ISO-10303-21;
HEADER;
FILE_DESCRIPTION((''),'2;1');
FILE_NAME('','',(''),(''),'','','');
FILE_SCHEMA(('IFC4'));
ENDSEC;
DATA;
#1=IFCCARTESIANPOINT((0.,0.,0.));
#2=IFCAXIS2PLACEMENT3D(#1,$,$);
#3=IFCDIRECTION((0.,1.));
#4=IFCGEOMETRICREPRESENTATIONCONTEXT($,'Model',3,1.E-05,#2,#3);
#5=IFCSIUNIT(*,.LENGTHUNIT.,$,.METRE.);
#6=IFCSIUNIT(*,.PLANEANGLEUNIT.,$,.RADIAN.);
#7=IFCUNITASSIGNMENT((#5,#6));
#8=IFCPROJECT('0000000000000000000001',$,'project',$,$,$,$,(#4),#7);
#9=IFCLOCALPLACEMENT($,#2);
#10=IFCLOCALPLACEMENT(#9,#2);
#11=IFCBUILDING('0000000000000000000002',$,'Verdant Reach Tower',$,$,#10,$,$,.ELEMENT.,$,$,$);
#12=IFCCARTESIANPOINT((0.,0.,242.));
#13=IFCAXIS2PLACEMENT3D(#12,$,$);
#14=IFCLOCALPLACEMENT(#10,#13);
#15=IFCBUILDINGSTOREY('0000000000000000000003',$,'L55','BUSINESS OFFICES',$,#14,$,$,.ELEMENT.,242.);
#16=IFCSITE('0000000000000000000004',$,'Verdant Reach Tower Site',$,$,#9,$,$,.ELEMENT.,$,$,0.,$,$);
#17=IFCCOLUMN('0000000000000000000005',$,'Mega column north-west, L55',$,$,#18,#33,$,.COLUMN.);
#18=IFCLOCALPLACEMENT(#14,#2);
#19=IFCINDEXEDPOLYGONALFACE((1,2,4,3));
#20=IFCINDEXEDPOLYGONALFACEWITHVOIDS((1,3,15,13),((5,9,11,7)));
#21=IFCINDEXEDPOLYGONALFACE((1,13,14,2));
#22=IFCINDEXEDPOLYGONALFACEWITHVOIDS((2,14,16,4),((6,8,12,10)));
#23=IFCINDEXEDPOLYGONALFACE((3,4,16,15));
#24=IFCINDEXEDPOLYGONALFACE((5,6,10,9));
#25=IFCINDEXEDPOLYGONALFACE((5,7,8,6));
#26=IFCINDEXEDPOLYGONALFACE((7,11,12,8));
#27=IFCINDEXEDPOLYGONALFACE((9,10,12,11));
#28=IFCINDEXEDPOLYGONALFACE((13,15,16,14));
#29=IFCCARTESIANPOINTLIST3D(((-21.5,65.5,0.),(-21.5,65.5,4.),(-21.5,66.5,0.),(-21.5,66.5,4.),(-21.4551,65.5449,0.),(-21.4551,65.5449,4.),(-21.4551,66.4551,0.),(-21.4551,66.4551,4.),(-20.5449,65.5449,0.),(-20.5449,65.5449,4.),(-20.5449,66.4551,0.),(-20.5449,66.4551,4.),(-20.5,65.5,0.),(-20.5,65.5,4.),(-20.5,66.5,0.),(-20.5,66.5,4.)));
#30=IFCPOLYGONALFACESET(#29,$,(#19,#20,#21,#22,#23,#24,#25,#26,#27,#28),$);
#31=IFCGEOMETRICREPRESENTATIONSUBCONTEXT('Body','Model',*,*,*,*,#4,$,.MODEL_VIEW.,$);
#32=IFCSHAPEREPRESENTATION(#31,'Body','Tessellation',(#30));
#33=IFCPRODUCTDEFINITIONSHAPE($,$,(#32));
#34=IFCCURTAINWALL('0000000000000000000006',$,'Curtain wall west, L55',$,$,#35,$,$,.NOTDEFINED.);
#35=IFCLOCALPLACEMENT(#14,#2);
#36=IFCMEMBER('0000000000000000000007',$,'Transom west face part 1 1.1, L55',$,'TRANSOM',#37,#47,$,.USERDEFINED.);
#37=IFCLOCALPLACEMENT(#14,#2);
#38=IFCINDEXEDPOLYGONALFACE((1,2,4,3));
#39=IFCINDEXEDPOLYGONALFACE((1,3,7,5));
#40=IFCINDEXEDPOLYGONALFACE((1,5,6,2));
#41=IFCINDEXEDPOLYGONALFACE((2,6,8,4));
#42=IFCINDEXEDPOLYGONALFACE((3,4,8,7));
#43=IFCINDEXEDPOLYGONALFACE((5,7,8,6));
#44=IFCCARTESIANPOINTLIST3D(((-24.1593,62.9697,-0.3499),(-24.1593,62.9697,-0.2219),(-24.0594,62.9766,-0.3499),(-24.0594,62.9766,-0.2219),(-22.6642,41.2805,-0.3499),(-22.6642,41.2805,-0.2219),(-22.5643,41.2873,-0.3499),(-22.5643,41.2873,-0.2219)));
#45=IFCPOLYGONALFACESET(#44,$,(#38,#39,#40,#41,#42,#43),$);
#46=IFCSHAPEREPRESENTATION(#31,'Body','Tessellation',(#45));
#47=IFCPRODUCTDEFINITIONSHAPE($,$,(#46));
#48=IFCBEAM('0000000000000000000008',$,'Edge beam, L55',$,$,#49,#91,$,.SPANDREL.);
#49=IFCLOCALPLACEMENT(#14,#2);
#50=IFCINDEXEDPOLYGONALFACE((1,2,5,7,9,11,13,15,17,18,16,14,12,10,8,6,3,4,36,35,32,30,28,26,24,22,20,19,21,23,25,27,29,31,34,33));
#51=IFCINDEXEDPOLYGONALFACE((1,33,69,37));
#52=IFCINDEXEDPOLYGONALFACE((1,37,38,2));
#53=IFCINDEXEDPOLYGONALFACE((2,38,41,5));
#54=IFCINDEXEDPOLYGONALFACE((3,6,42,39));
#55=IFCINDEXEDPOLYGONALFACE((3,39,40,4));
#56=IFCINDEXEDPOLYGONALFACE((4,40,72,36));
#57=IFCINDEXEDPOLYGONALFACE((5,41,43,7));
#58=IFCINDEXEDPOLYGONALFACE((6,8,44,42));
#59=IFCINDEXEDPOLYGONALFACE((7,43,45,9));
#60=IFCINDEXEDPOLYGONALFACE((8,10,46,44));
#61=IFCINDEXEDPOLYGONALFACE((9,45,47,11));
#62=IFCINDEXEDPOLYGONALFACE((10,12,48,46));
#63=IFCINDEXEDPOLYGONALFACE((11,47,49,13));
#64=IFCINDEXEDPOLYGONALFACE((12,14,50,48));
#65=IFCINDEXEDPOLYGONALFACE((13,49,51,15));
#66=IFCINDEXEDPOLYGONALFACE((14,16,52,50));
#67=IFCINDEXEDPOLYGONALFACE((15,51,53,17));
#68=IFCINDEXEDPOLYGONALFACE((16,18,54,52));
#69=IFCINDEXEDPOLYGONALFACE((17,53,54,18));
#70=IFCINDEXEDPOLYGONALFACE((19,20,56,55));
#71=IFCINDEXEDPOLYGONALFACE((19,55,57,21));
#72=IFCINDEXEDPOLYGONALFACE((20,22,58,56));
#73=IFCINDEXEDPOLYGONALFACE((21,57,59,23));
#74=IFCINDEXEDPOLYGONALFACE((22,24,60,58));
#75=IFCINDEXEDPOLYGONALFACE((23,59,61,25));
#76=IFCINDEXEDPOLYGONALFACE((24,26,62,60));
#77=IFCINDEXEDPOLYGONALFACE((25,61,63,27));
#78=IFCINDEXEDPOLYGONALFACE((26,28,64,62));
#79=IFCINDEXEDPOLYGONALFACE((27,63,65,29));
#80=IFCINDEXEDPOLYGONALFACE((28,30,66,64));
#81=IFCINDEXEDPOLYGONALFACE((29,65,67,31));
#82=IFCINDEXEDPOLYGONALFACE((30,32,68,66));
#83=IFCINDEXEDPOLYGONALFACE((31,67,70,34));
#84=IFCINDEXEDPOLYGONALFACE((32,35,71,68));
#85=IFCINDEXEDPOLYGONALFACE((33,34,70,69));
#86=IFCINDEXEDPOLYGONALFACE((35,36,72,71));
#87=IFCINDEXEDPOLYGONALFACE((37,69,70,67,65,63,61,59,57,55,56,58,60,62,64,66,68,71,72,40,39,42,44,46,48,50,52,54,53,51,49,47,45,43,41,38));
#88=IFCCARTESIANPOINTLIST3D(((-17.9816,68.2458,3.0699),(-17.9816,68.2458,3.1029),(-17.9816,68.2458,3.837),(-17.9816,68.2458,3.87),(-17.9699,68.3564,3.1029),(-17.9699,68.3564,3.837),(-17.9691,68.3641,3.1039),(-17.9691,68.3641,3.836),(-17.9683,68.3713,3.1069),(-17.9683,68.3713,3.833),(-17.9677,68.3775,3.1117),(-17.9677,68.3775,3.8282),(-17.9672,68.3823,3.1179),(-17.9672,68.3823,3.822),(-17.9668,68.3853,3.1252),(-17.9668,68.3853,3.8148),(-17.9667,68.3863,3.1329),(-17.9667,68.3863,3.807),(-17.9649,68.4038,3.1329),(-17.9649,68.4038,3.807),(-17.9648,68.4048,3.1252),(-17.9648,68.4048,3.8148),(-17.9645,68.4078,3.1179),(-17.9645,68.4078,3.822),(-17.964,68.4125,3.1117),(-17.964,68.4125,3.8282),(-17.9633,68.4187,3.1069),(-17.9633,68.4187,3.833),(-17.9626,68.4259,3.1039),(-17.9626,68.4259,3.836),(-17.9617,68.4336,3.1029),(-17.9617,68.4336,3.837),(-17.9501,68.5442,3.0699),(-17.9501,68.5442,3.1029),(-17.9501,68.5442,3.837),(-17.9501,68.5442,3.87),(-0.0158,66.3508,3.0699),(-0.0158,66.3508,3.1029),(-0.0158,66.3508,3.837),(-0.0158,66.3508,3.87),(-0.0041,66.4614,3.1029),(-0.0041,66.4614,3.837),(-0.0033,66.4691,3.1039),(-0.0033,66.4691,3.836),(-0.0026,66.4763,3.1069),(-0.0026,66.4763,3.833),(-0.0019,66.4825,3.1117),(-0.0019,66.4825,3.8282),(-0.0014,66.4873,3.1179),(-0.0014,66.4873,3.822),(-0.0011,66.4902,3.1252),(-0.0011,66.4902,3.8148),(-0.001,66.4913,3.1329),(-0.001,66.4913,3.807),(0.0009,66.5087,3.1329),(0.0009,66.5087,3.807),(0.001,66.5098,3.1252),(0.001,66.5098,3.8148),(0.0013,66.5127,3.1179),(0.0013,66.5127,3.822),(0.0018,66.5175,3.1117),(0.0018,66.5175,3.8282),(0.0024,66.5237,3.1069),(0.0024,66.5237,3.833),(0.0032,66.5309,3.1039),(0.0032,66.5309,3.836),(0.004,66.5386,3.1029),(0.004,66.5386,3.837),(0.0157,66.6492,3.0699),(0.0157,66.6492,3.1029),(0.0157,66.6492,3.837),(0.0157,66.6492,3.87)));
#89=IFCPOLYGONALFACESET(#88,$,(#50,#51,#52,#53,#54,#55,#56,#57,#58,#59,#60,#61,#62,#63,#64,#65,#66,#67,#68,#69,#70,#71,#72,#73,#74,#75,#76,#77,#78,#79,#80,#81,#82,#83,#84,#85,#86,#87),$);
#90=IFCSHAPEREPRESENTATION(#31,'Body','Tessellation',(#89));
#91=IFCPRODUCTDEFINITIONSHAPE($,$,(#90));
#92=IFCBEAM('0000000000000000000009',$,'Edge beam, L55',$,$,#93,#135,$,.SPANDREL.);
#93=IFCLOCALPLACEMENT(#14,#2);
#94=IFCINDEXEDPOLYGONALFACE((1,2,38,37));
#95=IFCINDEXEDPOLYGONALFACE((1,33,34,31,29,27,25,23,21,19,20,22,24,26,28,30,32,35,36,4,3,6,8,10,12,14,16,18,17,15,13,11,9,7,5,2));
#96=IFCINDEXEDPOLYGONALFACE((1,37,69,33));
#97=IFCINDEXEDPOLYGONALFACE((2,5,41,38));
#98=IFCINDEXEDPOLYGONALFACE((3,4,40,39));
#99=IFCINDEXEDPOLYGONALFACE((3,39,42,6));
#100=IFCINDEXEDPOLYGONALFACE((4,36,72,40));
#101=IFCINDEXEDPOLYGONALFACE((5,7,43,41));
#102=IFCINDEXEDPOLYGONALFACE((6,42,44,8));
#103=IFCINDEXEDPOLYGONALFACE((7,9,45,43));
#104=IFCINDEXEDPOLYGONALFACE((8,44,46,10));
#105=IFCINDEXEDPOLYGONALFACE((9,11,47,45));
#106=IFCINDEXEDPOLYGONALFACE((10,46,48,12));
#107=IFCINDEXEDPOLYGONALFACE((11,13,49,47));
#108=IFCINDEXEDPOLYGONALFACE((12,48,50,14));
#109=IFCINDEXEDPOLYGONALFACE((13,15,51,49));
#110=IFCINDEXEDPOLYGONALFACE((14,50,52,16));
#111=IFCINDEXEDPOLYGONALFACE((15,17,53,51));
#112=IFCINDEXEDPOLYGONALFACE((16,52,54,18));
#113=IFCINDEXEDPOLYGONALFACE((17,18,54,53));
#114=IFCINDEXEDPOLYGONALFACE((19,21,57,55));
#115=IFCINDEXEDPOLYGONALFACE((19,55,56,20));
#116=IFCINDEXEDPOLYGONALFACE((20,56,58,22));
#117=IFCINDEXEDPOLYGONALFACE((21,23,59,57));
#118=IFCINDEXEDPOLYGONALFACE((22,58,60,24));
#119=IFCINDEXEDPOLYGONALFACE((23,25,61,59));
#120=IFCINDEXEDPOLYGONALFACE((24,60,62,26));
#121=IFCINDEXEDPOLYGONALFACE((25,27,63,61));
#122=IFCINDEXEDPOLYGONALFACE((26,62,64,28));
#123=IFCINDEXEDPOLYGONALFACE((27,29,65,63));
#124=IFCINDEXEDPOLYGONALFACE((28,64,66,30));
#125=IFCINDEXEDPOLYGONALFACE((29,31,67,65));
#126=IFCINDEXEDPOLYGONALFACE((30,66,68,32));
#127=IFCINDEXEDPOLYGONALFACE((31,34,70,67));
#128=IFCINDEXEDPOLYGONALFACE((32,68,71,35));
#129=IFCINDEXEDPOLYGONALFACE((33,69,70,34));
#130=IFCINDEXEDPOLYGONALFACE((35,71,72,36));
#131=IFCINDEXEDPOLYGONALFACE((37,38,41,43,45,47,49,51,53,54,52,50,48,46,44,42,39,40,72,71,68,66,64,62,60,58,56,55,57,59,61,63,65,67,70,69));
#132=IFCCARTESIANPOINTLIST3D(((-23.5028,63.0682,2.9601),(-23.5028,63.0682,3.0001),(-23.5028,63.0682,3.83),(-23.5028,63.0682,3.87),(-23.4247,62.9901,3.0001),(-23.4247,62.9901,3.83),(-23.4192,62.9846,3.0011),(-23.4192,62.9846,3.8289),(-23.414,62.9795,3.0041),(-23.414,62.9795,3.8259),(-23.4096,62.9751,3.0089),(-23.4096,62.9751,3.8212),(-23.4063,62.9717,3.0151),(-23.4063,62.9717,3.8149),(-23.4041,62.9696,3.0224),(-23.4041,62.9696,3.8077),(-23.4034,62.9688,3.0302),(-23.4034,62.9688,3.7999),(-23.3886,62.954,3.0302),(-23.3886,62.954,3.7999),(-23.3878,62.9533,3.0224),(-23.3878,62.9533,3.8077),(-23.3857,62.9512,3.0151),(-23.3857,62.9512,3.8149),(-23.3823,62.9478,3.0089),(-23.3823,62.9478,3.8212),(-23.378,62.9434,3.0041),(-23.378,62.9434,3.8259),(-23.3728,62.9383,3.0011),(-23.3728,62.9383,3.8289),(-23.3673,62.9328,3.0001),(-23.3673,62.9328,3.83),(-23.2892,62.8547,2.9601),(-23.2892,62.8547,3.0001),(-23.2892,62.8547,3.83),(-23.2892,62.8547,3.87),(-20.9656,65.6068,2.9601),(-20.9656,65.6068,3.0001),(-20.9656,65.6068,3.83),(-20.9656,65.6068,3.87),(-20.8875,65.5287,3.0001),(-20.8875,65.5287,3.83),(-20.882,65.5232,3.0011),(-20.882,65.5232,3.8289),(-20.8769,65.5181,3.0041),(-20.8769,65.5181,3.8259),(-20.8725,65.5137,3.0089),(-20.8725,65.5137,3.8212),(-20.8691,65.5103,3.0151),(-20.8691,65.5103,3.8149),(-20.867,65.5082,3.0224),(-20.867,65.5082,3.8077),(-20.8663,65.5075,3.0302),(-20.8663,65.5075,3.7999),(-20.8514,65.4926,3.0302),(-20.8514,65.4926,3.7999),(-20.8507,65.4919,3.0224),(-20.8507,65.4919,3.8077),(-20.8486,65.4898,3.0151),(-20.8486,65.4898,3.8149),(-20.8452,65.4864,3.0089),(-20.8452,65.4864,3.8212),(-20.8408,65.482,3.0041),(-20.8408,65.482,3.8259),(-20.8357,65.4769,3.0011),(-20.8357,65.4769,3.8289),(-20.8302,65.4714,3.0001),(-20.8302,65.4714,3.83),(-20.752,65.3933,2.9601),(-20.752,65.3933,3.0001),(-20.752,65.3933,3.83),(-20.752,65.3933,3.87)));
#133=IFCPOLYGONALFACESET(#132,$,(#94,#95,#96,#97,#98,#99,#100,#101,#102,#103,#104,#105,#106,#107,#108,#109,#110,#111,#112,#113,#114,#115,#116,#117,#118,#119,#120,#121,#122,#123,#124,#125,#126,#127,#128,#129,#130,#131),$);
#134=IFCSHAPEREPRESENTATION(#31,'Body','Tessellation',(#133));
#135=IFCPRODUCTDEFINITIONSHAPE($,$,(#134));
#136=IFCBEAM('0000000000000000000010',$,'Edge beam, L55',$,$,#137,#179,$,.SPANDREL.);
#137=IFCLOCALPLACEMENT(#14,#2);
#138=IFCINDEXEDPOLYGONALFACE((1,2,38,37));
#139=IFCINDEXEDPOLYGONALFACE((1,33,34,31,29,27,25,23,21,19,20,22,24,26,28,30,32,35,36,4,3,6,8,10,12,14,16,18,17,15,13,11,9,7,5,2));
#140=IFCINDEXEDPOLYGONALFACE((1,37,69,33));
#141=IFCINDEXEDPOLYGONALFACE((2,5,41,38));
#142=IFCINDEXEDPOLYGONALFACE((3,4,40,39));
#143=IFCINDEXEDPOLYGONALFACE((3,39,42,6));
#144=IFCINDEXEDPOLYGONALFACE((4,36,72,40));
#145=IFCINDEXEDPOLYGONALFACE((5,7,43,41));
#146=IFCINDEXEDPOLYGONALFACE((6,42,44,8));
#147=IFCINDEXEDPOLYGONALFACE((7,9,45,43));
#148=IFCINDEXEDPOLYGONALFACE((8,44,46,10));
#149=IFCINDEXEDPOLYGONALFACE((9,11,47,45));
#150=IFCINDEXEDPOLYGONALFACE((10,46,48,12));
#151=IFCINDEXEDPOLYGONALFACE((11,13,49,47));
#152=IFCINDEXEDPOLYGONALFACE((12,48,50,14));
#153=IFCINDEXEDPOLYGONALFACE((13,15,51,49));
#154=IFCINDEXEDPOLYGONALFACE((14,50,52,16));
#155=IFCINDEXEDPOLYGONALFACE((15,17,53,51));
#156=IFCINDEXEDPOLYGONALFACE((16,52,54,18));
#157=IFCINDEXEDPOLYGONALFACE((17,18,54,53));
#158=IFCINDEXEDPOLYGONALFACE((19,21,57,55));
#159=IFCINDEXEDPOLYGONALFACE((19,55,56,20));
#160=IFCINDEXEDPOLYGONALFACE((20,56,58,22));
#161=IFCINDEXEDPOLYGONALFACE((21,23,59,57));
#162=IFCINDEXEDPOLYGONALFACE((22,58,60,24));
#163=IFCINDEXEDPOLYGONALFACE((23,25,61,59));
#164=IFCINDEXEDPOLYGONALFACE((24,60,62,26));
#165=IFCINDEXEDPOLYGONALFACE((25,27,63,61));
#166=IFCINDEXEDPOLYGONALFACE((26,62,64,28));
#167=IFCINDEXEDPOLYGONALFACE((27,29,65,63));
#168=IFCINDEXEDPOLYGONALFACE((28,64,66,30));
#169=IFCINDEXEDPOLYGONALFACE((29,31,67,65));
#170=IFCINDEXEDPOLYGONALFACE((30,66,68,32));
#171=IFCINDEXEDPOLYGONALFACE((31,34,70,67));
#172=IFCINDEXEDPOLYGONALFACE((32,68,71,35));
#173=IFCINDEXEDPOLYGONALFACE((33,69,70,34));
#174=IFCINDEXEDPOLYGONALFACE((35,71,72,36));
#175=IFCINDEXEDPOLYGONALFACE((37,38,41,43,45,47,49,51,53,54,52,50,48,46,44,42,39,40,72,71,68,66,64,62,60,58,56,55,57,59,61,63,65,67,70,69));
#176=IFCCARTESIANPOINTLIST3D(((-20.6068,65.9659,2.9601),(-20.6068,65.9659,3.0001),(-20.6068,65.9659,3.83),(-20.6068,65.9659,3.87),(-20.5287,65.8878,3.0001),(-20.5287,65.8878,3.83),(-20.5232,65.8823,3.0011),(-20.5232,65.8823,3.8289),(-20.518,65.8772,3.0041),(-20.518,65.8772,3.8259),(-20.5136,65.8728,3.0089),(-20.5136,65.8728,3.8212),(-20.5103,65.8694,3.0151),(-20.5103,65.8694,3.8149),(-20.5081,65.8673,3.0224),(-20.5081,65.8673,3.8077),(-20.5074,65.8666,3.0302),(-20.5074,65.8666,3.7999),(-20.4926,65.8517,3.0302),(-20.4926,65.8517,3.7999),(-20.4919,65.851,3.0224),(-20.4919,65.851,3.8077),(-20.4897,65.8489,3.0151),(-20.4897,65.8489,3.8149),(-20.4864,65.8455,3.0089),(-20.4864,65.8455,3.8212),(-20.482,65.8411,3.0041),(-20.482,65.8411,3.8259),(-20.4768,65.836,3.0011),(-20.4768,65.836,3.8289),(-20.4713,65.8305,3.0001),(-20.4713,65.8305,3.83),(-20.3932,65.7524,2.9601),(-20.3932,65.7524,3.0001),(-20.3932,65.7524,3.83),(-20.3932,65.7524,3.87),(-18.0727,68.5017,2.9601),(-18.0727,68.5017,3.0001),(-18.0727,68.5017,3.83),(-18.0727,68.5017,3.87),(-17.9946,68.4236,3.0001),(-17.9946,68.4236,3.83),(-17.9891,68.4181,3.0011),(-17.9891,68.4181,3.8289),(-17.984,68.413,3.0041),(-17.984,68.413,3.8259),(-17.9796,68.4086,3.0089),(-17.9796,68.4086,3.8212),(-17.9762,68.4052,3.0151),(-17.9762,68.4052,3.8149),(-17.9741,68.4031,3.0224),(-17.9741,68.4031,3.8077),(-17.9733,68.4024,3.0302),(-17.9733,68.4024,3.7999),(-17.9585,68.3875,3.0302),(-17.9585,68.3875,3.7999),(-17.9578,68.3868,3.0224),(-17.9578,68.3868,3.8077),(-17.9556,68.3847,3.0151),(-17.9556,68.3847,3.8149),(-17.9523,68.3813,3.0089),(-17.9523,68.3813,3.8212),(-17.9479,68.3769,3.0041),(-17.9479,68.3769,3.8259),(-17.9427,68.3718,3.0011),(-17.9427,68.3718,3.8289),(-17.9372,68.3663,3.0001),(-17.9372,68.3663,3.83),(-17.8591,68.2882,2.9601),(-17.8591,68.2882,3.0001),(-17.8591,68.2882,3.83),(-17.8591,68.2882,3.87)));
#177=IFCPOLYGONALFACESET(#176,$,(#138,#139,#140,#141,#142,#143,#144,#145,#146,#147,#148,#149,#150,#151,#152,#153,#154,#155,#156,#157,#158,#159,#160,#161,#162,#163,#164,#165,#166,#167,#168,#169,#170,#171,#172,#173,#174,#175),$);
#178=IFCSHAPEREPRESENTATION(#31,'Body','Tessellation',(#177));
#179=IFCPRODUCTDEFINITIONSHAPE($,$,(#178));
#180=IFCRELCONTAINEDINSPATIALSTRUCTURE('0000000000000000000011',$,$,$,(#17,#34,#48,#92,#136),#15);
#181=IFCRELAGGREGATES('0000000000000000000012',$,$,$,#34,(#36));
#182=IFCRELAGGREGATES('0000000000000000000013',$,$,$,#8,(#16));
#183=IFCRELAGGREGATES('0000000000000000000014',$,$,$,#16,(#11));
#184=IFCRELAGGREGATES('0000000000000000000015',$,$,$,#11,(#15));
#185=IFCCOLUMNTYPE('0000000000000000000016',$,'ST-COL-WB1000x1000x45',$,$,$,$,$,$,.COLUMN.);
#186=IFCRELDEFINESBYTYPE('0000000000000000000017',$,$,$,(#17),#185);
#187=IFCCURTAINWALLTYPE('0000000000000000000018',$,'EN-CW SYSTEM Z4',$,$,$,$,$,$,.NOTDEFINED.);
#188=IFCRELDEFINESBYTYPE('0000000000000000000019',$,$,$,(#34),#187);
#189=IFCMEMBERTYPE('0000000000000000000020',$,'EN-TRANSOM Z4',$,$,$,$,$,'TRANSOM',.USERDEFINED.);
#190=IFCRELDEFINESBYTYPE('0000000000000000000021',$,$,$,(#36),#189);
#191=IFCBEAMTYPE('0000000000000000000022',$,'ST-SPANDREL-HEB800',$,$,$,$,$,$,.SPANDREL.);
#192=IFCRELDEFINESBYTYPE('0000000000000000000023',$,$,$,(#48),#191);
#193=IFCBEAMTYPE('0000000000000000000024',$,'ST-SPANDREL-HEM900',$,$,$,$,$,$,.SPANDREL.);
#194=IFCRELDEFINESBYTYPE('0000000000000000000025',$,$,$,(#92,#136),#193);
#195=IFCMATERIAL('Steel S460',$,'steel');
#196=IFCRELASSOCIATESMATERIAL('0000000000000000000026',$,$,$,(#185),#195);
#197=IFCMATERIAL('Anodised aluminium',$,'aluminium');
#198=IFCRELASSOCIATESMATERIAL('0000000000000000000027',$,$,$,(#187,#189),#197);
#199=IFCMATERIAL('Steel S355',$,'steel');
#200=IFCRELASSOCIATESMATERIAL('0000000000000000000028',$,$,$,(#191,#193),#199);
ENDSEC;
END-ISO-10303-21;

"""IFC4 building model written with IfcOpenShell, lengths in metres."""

from ifc_helpers import new_model, si_unit, direction, frame, origin, origin_2d, place, context, subcontext, project, spatial, rectangle, hollow_rectangle, i_section, extrude, material, material_profile, profile_set, type_object, element, aggregate, save


model = new_model("IFC4")

# Units and contexts
model_context = context("Model", 3, precision=1e-05, world=origin(), true_north=direction((0.0, 1.0)))
body_context = subcontext(model_context, "Body", "Model", "MODEL_VIEW")
ifc_project = project(units=[si_unit("LENGTHUNIT", "METRE"), si_unit("PLANEANGLEUNIT", "RADIAN")], contexts=[model_context])

# Site, building, storey
site_placement = place(None, origin())
site = spatial("IfcSite", under=ifc_project, at=site_placement, Name="Verdant Reach Tower Site", CompositionType="ELEMENT", RefElevation=0.0)
building_placement = place(site_placement, origin())
building = spatial("IfcBuilding", under=site, at=building_placement, Name="Verdant Reach Tower", CompositionType="ELEMENT")
storey_placement = place(building_placement, frame((0.0, 0.0, 242.0)))
storey = spatial("IfcBuildingStorey", under=building, at=storey_placement, Name="L55", Description="BUSINESS OFFICES", CompositionType="ELEMENT", Elevation=242.0)

# Column
ifc_material_1 = material(Name="Steel S460", Category="steel")
ifc_material_profile_1 = material_profile(ifc_material_1, hollow_rectangle(XDim=1.0, YDim=1.0, WallThickness=0.0449, at=origin_2d()), Name="WB 1000x1000x45")
ifc_profile_set_1 = profile_set([ifc_material_profile_1], Name="Steel S460")
column_type = type_object("IfcColumnType", Name="ST-COL-WB1000x1000x45", PredefinedType="COLUMN", material=ifc_profile_set_1)
column_placement = place(storey_placement, frame((-21.0, 66.0, 0.0), z_axis=(0.0, 0.0, 1.0), x_axis=(1.0, 0.0, 0.0)))
element("IfcColumn", 1, at=column_placement, inside=storey, type_object=column_type, Name="Mega column north-west, L55", PredefinedType="COLUMN", context=body_context, shape_type="SweptSolid", body=[
    extrude(hollow_rectangle(XDim=1.0, YDim=1.0, WallThickness=0.0449, at=origin_2d()), origin(), (0.0, 0.0, 1.0), 4.0),
])

# Curtain wall, member
ifc_material_2 = material(Name="Anodised aluminium", Category="aluminium")
curtain_wall_type = type_object("IfcCurtainWallType", Name="EN-CW SYSTEM Z4", PredefinedType="NOTDEFINED", material=ifc_material_2)
curtain_wall_1_placement = place(storey_placement, origin())
curtain_wall_1 = element("IfcCurtainWall", 2, at=curtain_wall_1_placement, inside=storey, type_object=curtain_wall_type, Name="Curtain wall west, L55", PredefinedType="NOTDEFINED")
ifc_material_profile_2 = material_profile(ifc_material_2, rectangle(XDim=0.1001, YDim=0.1279, at=origin_2d()), Name="Transom 128x100")
ifc_profile_set_2 = profile_set([ifc_material_profile_2], Name="Anodised aluminium")
member_type = type_object("IfcMemberType", Name="EN-TRANSOM Z4", ElementType="TRANSOM", PredefinedType="USERDEFINED", material=ifc_profile_set_2)
member_placement = place(storey_placement, frame((-24.1094, 62.9731, -0.2859), z_axis=(0.06877, -0.997633, 0.0), x_axis=(0.997633, 0.06877, 0.0)))
member = element("IfcMember", 3, at=member_placement, type_object=member_type, Name="Transom west face part 1 1.1, L55", ObjectType="TRANSOM", PredefinedType="USERDEFINED", context=body_context, shape_type="SweptSolid", body=[
    extrude(rectangle(XDim=0.1001, YDim=0.1279, at=origin_2d()), origin(), (0.0, 0.0, 1.0), 21.7407),
])

# Beams
ifc_material_3 = material(Name="Steel S355", Category="steel")
ifc_material_profile_3 = material_profile(ifc_material_3, i_section(OverallWidth=0.3, OverallDepth=0.8, WebThickness=0.0176, FlangeThickness=0.033, FilletRadius=0.03, at=origin_2d()), Name="HEB 800")
ifc_profile_set_3 = profile_set([ifc_material_profile_3], Name="Steel S355")
beam_type_1 = type_object("IfcBeamType", Name="ST-SPANDREL-HEB800", PredefinedType="SPANDREL", material=ifc_profile_set_3)
beam_1_placement = place(storey_placement, frame((-17.9658, 68.395, 3.47), z_axis=(0.994483, -0.104897, 0.0), x_axis=(0.104897, 0.994483, 0.0)))
element("IfcBeam", 4, at=beam_1_placement, inside=storey, type_object=beam_type_1, Name="Edge beam, L55", PredefinedType="SPANDREL", context=body_context, shape_type="SweptSolid", body=[
    extrude(i_section(OverallWidth=0.3, OverallDepth=0.8, WebThickness=0.0176, FlangeThickness=0.033, FilletRadius=0.03, at=origin_2d()), origin(), (0.0, 0.0, 1.0), 18.0654),
])
ifc_material_profile_4 = material_profile(ifc_material_3, i_section(OverallWidth=0.302, OverallDepth=0.9099, WebThickness=0.021, FlangeThickness=0.04, FilletRadius=0.03, at=origin_2d()), Name="HEM 900")
ifc_profile_set_4 = profile_set([ifc_material_profile_4], Name="Steel S355")
beam_type_2 = type_object("IfcBeamType", Name="ST-SPANDREL-HEM900", PredefinedType="SPANDREL", material=ifc_profile_set_4)
beam_2_placement = place(storey_placement, frame((-23.396, 62.9614, 3.415), z_axis=(0.706903, 0.707311, 0.0), x_axis=(-0.707311, 0.706903, 0.0)))
element("IfcBeam", 5, at=beam_2_placement, inside=storey, type_object=beam_type_2, Name="Edge beam, L55", PredefinedType="SPANDREL", context=body_context, shape_type="SweptSolid", body=[
    extrude(i_section(OverallWidth=0.302, OverallDepth=0.9099, WebThickness=0.021, FlangeThickness=0.04, FilletRadius=0.03, at=origin_2d()), origin(), (0.0, 0.0, 1.0), 3.5891),
])
beam_3_placement = place(storey_placement, frame((-20.5, 65.8591, 3.415), z_axis=(0.706868, 0.707345, 0.0), x_axis=(-0.707345, 0.706868, 0.0)))
element("IfcBeam", 6, at=beam_3_placement, inside=storey, type_object=beam_type_2, Name="Edge beam, L55", PredefinedType="SPANDREL", context=body_context, shape_type="SweptSolid", body=[
    extrude(i_section(OverallWidth=0.302, OverallDepth=0.9099, WebThickness=0.021, FlangeThickness=0.04, FilletRadius=0.03, at=origin_2d()), origin(), (0.0, 0.0, 1.0), 3.585),
])

aggregate(curtain_wall_1, [member])

save(model, "model.ifc")
